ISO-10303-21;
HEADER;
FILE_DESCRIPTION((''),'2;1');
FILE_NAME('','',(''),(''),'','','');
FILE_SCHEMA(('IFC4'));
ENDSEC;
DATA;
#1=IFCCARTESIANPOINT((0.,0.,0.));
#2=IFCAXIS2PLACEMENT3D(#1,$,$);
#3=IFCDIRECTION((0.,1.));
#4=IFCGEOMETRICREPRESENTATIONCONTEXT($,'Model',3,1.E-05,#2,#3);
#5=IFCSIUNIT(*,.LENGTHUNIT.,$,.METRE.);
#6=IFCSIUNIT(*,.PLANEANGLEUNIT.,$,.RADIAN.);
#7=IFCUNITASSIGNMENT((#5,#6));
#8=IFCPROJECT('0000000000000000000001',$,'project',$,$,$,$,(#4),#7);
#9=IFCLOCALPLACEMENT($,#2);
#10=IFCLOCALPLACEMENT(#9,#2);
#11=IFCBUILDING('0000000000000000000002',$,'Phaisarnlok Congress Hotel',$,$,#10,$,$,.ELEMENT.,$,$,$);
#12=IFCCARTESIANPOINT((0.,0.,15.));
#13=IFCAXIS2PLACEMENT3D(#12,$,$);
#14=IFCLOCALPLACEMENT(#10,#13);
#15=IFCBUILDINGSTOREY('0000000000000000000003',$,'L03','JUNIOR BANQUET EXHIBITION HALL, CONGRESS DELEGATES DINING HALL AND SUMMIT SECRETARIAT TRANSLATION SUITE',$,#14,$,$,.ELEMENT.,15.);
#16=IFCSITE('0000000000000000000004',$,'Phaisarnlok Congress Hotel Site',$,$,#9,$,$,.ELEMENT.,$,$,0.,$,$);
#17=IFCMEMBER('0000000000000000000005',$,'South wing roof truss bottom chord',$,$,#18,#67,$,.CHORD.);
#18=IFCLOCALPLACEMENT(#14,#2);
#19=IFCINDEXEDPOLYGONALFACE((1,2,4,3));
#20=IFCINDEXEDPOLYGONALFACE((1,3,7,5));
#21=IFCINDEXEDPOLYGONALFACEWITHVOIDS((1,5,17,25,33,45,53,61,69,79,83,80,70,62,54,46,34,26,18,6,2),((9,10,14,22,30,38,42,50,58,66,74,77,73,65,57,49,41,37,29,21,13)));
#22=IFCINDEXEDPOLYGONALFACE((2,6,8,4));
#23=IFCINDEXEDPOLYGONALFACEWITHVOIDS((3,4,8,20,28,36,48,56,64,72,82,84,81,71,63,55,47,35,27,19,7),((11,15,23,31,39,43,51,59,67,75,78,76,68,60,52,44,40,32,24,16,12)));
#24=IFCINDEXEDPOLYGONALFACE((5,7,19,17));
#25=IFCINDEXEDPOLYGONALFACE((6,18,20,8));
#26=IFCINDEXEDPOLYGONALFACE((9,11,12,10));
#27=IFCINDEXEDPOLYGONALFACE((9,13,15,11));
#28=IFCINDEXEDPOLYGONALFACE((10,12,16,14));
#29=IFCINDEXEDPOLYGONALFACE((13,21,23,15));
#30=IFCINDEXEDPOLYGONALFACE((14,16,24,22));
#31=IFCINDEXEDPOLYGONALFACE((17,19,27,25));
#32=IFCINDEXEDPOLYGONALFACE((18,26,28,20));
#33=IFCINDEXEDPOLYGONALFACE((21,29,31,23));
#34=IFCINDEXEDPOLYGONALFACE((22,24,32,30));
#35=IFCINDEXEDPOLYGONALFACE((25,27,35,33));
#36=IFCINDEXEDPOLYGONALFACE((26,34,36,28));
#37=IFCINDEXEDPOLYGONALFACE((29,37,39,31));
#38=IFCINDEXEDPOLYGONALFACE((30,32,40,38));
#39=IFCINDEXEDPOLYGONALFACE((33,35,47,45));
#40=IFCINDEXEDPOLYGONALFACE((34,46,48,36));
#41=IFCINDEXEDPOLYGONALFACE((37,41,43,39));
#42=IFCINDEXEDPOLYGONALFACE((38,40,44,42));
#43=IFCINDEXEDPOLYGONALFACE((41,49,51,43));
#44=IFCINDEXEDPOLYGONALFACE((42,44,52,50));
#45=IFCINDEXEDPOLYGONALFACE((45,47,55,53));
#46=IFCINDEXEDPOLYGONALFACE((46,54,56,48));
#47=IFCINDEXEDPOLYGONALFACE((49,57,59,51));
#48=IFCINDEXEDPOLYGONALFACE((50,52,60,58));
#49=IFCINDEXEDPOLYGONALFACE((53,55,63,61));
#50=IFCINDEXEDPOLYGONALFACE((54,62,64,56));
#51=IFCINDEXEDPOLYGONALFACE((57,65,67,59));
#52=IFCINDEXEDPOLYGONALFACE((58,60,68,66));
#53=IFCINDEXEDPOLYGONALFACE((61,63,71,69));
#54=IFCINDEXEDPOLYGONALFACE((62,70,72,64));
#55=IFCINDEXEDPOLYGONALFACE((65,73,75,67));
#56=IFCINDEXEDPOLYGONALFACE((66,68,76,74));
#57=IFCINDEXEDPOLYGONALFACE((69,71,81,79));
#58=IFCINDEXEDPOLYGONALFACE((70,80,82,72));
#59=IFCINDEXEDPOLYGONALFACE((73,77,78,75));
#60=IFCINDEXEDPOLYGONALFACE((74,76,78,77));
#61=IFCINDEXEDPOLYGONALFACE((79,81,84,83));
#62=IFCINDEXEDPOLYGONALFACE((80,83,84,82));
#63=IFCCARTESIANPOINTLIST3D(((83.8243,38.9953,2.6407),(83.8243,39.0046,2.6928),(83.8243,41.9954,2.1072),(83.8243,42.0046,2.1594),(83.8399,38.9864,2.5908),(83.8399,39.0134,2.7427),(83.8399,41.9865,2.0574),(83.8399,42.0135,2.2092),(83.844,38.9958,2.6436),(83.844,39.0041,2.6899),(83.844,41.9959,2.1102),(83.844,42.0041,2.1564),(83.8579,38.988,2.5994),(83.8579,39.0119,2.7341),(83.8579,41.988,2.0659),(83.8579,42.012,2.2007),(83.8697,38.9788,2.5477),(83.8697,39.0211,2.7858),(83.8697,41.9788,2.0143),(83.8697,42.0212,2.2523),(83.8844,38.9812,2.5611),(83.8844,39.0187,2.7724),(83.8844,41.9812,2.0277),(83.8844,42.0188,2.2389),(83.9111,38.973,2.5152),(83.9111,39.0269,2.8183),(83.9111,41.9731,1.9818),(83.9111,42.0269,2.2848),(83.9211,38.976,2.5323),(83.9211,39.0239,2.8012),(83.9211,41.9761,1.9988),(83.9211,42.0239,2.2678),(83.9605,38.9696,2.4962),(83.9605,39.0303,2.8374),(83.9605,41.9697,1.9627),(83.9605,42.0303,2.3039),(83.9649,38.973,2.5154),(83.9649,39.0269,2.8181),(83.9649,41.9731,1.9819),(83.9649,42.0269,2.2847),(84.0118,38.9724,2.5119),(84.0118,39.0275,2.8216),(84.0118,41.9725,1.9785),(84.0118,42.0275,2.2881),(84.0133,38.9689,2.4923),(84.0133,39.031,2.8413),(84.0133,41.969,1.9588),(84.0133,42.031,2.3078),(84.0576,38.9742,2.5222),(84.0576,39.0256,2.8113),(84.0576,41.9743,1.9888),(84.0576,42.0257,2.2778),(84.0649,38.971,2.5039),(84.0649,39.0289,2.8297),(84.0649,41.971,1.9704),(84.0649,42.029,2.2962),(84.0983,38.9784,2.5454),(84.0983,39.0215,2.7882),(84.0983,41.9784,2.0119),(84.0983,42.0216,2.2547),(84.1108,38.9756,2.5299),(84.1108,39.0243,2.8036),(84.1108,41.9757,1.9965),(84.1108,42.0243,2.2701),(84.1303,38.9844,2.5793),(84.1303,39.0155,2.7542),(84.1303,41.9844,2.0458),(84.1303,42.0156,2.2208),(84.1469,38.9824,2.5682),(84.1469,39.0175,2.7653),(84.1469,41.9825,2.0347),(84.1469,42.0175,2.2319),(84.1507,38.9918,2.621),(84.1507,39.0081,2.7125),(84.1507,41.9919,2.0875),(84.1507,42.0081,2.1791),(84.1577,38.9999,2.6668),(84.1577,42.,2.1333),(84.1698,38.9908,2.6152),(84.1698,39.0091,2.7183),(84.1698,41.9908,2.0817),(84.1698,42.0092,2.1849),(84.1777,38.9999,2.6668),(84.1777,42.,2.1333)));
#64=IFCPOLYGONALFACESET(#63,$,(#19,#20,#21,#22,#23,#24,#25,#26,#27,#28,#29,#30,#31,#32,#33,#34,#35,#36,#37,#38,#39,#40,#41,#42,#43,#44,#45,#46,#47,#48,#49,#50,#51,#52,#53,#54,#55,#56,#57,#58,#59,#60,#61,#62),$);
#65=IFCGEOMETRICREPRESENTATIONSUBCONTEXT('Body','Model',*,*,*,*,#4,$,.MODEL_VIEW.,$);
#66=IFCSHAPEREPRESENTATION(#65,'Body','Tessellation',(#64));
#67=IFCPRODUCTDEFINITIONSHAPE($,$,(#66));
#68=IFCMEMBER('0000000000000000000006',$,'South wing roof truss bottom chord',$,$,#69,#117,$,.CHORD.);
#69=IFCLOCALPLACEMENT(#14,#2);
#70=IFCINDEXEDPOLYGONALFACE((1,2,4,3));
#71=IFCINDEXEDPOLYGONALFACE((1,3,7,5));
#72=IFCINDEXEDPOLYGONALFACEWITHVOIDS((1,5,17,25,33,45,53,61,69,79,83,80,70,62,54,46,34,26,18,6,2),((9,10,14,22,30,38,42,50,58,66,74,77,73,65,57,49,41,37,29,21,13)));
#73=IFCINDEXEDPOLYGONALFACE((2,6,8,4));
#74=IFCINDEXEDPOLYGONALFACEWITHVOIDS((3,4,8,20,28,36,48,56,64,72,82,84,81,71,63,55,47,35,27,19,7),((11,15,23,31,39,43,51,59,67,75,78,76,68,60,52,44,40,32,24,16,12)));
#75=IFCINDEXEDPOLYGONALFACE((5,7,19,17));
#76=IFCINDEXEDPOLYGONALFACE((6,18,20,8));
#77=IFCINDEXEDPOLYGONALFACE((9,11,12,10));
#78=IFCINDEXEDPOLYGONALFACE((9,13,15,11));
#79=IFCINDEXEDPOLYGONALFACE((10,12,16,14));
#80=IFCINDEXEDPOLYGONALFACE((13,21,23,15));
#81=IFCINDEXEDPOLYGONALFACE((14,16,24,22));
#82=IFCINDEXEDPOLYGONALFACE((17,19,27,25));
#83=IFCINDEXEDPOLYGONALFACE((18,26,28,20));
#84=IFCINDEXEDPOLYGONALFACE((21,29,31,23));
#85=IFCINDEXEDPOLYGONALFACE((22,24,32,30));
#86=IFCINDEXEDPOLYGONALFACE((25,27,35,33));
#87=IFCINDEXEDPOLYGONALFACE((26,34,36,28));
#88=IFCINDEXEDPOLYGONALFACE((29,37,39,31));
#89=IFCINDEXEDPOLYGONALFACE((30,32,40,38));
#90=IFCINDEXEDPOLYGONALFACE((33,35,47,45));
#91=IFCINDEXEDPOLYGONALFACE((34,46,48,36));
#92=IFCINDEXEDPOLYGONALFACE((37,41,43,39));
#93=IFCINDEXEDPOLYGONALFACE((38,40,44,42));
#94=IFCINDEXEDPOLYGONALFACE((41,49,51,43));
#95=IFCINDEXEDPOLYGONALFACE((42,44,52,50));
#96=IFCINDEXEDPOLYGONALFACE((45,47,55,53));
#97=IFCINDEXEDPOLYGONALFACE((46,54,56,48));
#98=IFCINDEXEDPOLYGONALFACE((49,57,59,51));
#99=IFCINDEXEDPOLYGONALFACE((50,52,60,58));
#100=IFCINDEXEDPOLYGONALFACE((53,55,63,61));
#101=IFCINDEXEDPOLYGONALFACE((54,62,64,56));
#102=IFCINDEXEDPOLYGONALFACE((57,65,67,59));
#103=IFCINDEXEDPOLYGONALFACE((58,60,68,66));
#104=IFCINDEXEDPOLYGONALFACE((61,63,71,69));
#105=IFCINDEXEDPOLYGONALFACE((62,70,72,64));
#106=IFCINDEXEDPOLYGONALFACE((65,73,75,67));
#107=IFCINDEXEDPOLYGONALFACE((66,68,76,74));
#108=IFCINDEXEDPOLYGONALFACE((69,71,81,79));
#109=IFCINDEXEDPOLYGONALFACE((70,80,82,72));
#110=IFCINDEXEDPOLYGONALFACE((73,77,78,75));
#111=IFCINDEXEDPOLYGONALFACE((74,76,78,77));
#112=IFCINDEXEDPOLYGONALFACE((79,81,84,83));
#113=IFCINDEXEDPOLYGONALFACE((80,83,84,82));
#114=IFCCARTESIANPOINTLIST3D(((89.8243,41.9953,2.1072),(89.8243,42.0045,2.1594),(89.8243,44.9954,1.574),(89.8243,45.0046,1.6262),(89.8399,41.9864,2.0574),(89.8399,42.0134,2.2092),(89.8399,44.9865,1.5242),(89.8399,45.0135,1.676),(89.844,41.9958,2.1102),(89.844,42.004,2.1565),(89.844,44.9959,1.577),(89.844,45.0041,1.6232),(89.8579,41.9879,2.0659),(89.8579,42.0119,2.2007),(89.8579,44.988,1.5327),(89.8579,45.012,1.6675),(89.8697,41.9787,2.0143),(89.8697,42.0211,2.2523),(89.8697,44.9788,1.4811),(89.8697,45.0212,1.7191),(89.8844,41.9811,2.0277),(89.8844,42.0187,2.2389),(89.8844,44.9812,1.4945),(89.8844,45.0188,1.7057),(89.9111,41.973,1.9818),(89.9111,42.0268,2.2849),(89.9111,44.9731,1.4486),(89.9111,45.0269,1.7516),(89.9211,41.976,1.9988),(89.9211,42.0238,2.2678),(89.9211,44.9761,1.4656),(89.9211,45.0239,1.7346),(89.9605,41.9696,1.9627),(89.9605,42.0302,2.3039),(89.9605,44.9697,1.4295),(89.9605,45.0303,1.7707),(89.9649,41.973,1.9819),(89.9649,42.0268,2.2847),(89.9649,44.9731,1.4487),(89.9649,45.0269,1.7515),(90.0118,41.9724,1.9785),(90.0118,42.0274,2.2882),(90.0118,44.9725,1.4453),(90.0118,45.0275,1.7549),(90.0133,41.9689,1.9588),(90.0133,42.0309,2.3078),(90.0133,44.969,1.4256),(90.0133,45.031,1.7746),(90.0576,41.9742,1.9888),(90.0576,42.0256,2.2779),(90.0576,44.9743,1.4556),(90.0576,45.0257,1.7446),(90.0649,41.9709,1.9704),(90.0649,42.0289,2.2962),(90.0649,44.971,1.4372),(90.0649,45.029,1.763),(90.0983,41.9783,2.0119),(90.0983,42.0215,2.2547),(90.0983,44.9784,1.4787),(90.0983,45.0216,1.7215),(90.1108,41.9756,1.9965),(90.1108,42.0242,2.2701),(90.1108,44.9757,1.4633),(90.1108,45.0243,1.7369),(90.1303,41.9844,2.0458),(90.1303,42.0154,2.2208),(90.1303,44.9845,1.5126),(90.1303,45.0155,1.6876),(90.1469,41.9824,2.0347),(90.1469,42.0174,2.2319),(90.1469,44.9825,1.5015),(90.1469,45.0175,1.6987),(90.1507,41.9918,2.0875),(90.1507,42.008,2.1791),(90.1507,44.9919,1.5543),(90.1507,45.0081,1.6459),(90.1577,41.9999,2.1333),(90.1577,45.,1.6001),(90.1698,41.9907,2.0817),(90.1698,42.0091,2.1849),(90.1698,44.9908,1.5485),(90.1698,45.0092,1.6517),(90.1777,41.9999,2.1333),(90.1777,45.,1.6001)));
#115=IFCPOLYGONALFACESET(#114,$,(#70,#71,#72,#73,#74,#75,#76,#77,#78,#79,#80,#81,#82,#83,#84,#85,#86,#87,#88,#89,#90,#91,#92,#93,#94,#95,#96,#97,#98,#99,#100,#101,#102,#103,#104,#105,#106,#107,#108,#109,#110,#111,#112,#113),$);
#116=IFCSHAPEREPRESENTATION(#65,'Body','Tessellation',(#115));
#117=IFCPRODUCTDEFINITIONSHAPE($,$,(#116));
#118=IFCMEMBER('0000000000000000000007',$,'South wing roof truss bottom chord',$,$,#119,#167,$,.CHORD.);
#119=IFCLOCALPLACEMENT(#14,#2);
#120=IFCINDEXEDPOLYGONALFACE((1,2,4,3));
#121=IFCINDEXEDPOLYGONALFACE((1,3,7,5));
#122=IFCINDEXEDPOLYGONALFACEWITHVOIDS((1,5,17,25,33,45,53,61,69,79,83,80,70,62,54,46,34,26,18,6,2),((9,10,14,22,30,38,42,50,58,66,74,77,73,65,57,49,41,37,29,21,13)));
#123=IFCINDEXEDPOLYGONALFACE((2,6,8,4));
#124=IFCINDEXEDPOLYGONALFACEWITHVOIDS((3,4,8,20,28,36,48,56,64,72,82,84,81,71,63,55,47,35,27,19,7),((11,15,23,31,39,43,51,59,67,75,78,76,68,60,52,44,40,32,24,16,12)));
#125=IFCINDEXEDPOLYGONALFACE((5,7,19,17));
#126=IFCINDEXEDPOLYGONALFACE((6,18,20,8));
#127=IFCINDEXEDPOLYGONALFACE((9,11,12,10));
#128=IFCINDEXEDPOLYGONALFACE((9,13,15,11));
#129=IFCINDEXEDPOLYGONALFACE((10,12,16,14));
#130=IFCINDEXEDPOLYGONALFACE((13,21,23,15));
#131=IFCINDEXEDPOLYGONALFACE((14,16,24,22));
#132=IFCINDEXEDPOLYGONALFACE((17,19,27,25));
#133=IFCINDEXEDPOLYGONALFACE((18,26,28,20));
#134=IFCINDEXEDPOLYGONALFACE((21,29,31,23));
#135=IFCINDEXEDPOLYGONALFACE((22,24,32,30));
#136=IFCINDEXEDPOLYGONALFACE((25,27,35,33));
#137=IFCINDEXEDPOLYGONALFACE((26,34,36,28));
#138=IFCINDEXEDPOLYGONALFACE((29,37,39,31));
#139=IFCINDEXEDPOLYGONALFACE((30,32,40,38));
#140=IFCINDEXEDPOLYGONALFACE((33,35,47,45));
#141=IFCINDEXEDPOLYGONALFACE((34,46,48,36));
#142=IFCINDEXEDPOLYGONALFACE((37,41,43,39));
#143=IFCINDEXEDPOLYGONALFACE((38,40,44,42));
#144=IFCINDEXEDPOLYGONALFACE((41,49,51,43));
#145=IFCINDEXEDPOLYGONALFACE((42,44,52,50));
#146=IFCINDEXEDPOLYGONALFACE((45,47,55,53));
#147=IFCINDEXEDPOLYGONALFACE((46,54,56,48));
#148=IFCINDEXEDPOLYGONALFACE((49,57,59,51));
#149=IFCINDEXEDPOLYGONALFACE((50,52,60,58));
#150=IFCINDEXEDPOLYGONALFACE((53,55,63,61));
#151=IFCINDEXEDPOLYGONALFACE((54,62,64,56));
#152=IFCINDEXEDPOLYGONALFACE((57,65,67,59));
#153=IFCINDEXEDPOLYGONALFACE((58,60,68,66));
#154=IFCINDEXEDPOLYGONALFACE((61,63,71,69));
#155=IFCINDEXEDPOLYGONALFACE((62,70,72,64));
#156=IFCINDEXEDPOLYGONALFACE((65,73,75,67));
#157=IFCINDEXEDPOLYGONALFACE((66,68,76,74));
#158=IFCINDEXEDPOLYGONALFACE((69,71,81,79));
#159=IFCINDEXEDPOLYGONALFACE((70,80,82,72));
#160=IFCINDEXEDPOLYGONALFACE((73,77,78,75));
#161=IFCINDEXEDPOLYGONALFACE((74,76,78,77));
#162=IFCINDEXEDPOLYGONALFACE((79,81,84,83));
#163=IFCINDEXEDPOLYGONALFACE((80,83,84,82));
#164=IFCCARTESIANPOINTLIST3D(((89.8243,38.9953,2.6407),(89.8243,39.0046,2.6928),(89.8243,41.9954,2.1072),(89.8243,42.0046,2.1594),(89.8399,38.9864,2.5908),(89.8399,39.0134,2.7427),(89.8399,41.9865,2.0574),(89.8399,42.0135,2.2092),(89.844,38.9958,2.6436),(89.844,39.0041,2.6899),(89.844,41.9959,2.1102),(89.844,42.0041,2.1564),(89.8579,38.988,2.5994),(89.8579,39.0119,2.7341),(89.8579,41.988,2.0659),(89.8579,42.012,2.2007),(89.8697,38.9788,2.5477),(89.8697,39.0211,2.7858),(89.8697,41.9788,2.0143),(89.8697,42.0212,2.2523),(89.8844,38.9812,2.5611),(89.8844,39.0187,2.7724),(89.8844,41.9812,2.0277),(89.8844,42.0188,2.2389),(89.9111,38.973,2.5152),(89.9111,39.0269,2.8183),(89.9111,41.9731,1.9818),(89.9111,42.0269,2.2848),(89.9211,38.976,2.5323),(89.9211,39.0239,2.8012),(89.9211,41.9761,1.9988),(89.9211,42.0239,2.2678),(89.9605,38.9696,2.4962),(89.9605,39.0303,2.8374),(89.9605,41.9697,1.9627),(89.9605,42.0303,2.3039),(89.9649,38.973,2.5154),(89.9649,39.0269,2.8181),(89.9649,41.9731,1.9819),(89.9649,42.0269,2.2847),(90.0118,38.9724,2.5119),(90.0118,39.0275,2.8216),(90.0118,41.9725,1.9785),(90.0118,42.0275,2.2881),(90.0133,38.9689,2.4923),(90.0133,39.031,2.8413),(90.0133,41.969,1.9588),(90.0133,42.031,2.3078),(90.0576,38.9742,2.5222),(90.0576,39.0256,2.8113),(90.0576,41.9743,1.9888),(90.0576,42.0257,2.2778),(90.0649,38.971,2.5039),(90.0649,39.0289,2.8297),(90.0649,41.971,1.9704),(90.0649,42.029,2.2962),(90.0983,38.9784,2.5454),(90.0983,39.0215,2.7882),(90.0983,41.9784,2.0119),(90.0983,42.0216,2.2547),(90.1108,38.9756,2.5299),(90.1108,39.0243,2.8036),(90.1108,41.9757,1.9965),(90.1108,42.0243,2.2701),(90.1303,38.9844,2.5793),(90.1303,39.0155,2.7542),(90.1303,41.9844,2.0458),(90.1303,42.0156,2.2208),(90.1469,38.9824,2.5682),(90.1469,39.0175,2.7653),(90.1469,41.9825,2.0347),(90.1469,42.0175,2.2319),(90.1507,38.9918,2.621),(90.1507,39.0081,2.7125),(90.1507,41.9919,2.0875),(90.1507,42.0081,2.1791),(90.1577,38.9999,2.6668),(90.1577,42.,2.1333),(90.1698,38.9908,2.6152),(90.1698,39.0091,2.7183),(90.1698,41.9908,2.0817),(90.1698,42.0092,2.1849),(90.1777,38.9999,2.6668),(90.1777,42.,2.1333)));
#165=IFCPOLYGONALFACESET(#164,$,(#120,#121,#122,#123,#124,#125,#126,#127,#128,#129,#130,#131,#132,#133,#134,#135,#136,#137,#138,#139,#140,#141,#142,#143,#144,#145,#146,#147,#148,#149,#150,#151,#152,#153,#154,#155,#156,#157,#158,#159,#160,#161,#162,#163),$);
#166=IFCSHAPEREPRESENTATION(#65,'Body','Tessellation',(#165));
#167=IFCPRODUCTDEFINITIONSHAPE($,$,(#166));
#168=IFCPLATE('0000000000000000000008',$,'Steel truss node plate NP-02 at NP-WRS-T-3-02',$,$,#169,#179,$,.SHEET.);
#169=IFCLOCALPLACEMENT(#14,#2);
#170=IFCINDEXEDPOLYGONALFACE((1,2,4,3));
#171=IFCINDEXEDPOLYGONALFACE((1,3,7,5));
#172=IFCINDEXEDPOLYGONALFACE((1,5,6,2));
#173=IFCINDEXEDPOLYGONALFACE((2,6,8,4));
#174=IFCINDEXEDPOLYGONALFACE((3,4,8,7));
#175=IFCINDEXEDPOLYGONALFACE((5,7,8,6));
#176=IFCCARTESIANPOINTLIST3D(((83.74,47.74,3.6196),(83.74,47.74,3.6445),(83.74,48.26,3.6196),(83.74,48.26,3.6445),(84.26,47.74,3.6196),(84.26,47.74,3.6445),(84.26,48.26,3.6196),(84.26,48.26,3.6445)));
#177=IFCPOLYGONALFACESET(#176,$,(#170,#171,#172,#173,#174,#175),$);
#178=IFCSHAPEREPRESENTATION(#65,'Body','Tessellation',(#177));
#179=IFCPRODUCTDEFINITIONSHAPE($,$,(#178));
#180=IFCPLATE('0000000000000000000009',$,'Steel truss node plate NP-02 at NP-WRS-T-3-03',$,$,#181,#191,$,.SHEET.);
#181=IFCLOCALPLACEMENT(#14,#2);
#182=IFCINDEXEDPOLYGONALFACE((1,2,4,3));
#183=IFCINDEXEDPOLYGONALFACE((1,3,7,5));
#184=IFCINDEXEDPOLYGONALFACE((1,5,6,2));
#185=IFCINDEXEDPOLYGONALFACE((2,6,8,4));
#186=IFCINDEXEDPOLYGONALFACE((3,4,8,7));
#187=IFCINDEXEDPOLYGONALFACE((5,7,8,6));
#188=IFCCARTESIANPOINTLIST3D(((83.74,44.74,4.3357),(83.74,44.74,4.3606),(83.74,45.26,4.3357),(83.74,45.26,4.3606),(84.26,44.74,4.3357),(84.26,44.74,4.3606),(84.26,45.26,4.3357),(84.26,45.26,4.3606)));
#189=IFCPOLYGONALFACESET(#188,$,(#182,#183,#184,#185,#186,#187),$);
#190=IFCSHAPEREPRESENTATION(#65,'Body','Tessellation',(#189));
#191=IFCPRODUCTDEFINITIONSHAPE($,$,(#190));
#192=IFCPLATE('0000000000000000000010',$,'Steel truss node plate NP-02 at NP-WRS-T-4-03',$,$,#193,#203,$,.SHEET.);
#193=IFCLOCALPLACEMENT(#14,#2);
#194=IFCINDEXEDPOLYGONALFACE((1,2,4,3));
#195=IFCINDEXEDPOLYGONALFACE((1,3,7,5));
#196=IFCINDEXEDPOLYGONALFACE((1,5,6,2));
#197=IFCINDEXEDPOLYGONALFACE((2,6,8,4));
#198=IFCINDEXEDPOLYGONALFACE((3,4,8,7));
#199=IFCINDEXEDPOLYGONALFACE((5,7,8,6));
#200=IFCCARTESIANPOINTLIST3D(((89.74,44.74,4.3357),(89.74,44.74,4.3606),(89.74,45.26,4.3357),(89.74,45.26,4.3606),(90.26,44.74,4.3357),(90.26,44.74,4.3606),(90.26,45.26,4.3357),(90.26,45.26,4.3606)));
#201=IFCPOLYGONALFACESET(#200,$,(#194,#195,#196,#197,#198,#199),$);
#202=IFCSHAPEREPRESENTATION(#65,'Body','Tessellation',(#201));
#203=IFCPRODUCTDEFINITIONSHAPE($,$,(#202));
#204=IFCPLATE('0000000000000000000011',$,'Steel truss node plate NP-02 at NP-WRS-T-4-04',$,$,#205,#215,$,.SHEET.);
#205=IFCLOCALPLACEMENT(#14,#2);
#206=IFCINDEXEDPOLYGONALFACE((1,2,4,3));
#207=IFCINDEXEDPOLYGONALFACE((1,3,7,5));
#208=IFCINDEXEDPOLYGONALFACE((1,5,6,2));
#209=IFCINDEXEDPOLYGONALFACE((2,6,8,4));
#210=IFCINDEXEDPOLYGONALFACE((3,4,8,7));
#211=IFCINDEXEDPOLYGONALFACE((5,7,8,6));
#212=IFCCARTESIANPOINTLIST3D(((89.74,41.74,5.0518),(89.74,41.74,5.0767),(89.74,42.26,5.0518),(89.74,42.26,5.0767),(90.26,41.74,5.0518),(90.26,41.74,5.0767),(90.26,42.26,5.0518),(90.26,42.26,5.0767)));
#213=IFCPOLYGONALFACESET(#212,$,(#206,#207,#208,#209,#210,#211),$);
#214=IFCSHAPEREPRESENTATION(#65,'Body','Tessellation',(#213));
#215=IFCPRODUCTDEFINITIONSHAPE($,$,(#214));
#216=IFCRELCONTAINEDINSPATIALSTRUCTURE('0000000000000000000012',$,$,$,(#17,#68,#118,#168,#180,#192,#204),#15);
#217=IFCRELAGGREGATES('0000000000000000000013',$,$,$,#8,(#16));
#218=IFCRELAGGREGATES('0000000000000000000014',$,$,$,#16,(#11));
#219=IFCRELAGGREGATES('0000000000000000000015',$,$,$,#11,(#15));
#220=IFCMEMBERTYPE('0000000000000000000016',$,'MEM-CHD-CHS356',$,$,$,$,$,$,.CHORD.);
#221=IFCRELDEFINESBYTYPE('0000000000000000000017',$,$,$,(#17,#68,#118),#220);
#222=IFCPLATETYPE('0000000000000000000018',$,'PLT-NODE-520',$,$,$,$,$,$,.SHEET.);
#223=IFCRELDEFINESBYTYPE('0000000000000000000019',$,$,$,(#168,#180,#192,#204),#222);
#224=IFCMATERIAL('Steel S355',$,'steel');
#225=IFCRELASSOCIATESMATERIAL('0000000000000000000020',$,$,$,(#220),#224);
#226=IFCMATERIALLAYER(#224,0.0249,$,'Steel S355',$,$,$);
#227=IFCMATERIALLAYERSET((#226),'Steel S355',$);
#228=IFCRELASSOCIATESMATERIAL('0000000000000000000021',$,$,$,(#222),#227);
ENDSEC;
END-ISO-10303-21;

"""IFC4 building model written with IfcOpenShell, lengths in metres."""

from ifc_helpers import new_model, si_unit, direction, frame, origin, origin_2d, place, context, subcontext, project, spatial, rectangle, hollow_circle, extrude, material, layer, layer_set, material_profile, profile_set, type_object, element, save


model = new_model("IFC4")

# Units and contexts
model_context = context("Model", 3, precision=1e-05, world=origin(), true_north=direction((0.0, 1.0)))
body_context = subcontext(model_context, "Body", "Model", "MODEL_VIEW")
ifc_project = project(units=[si_unit("LENGTHUNIT", "METRE"), si_unit("PLANEANGLEUNIT", "RADIAN")], contexts=[model_context])

# Site, building, storey
site_placement = place(None, origin())
site = spatial("IfcSite", under=ifc_project, at=site_placement, Name="Phaisarnlok Congress Hotel Site", CompositionType="ELEMENT", RefElevation=0.0)
building_placement = place(site_placement, origin())
building = spatial("IfcBuilding", under=site, at=building_placement, Name="Phaisarnlok Congress Hotel", CompositionType="ELEMENT")
storey_placement = place(building_placement, frame((0.0, 0.0, 15.0)))
storey = spatial("IfcBuildingStorey", under=building, at=storey_placement, Name="L03", Description="JUNIOR BANQUET EXHIBITION HALL, CONGRESS DELEGATES DINING HALL AND SUMMIT SECRETARIAT TRANSLATION SUITE", CompositionType="ELEMENT", Elevation=15.0)

# Shared definitions
ifc_material = material(Name="Steel S355", Category="steel")

# Members
ifc_material_profile_1 = material_profile(ifc_material, hollow_circle(Radius=0.1777, WallThickness=0.02, at=origin_2d()), Name="CHS 355.6x20")
ifc_profile_set_1 = profile_set([ifc_material_profile_1], Name="Steel S355")
member_type_1 = type_object("IfcMemberType", Name="MEM-CHD-CHS356", PredefinedType="CHORD", material=ifc_profile_set_1)
for number, where, z_axis, x_axis, name in (
    (1, (84.0, 42.0, 2.1333), (0.0, -0.984556, 0.17507), (1.0, 0.0, 0.0), "South wing roof truss bottom chord"),
    (2, (90.0, 45.0, 1.6001), (0.0, -0.98457, 0.174992), (1.0, 0.0, 0.0), "South wing roof truss bottom chord"),
    (3, (90.0, 42.0, 2.1333), (0.0, -0.984556, 0.17507), (1.0, 0.0, 0.0), "South wing roof truss bottom chord"),
):
    element("IfcMember", number, at=place(storey_placement, frame(where, z_axis=z_axis, x_axis=x_axis)), inside=storey, type_object=member_type_1, Name=name, PredefinedType="CHORD", context=body_context, shape_type="SweptSolid", body=[
        extrude(hollow_circle(Radius=0.1777, WallThickness=0.02, at=origin_2d()), origin(), (0.0, 0.0, 1.0), 3.0471),
    ])

# Plates
ifc_layer_1 = layer(ifc_material, 0.0249, Name="Steel S355")
ifc_layer_set_1 = layer_set([ifc_layer_1], Name="Steel S355")
plate_type_1 = type_object("IfcPlateType", Name="PLT-NODE-520", PredefinedType="SHEET", material=ifc_layer_set_1)
for number, where, z_axis, x_axis, name in (
    (4, (84.0, 48.0, 3.6196), (0.0, 0.0, 1.0), (1.0, 0.0, 0.0), "Steel truss node plate NP-02 at NP-WRS-T-3-02"),
    (5, (84.0, 45.0, 4.3357), (0.0, 0.0, 1.0), (1.0, 0.0, 0.0), "Steel truss node plate NP-02 at NP-WRS-T-3-03"),
    (6, (90.0, 45.0, 4.3357), (0.0, 0.0, 1.0), (1.0, 0.0, 0.0), "Steel truss node plate NP-02 at NP-WRS-T-4-03"),
    (7, (90.0, 42.0, 5.0518), (0.0, 0.0, 1.0), (1.0, 0.0, 0.0), "Steel truss node plate NP-02 at NP-WRS-T-4-04"),
):
    element("IfcPlate", number, at=place(storey_placement, frame(where, z_axis=z_axis, x_axis=x_axis)), inside=storey, type_object=plate_type_1, Name=name, PredefinedType="SHEET", context=body_context, shape_type="SweptSolid", body=[
        extrude(rectangle(XDim=0.52, YDim=0.52, at=origin_2d()), origin(), (0.0, 0.0, 1.0), 0.0249),
    ])

save(model, "model.ifc")
